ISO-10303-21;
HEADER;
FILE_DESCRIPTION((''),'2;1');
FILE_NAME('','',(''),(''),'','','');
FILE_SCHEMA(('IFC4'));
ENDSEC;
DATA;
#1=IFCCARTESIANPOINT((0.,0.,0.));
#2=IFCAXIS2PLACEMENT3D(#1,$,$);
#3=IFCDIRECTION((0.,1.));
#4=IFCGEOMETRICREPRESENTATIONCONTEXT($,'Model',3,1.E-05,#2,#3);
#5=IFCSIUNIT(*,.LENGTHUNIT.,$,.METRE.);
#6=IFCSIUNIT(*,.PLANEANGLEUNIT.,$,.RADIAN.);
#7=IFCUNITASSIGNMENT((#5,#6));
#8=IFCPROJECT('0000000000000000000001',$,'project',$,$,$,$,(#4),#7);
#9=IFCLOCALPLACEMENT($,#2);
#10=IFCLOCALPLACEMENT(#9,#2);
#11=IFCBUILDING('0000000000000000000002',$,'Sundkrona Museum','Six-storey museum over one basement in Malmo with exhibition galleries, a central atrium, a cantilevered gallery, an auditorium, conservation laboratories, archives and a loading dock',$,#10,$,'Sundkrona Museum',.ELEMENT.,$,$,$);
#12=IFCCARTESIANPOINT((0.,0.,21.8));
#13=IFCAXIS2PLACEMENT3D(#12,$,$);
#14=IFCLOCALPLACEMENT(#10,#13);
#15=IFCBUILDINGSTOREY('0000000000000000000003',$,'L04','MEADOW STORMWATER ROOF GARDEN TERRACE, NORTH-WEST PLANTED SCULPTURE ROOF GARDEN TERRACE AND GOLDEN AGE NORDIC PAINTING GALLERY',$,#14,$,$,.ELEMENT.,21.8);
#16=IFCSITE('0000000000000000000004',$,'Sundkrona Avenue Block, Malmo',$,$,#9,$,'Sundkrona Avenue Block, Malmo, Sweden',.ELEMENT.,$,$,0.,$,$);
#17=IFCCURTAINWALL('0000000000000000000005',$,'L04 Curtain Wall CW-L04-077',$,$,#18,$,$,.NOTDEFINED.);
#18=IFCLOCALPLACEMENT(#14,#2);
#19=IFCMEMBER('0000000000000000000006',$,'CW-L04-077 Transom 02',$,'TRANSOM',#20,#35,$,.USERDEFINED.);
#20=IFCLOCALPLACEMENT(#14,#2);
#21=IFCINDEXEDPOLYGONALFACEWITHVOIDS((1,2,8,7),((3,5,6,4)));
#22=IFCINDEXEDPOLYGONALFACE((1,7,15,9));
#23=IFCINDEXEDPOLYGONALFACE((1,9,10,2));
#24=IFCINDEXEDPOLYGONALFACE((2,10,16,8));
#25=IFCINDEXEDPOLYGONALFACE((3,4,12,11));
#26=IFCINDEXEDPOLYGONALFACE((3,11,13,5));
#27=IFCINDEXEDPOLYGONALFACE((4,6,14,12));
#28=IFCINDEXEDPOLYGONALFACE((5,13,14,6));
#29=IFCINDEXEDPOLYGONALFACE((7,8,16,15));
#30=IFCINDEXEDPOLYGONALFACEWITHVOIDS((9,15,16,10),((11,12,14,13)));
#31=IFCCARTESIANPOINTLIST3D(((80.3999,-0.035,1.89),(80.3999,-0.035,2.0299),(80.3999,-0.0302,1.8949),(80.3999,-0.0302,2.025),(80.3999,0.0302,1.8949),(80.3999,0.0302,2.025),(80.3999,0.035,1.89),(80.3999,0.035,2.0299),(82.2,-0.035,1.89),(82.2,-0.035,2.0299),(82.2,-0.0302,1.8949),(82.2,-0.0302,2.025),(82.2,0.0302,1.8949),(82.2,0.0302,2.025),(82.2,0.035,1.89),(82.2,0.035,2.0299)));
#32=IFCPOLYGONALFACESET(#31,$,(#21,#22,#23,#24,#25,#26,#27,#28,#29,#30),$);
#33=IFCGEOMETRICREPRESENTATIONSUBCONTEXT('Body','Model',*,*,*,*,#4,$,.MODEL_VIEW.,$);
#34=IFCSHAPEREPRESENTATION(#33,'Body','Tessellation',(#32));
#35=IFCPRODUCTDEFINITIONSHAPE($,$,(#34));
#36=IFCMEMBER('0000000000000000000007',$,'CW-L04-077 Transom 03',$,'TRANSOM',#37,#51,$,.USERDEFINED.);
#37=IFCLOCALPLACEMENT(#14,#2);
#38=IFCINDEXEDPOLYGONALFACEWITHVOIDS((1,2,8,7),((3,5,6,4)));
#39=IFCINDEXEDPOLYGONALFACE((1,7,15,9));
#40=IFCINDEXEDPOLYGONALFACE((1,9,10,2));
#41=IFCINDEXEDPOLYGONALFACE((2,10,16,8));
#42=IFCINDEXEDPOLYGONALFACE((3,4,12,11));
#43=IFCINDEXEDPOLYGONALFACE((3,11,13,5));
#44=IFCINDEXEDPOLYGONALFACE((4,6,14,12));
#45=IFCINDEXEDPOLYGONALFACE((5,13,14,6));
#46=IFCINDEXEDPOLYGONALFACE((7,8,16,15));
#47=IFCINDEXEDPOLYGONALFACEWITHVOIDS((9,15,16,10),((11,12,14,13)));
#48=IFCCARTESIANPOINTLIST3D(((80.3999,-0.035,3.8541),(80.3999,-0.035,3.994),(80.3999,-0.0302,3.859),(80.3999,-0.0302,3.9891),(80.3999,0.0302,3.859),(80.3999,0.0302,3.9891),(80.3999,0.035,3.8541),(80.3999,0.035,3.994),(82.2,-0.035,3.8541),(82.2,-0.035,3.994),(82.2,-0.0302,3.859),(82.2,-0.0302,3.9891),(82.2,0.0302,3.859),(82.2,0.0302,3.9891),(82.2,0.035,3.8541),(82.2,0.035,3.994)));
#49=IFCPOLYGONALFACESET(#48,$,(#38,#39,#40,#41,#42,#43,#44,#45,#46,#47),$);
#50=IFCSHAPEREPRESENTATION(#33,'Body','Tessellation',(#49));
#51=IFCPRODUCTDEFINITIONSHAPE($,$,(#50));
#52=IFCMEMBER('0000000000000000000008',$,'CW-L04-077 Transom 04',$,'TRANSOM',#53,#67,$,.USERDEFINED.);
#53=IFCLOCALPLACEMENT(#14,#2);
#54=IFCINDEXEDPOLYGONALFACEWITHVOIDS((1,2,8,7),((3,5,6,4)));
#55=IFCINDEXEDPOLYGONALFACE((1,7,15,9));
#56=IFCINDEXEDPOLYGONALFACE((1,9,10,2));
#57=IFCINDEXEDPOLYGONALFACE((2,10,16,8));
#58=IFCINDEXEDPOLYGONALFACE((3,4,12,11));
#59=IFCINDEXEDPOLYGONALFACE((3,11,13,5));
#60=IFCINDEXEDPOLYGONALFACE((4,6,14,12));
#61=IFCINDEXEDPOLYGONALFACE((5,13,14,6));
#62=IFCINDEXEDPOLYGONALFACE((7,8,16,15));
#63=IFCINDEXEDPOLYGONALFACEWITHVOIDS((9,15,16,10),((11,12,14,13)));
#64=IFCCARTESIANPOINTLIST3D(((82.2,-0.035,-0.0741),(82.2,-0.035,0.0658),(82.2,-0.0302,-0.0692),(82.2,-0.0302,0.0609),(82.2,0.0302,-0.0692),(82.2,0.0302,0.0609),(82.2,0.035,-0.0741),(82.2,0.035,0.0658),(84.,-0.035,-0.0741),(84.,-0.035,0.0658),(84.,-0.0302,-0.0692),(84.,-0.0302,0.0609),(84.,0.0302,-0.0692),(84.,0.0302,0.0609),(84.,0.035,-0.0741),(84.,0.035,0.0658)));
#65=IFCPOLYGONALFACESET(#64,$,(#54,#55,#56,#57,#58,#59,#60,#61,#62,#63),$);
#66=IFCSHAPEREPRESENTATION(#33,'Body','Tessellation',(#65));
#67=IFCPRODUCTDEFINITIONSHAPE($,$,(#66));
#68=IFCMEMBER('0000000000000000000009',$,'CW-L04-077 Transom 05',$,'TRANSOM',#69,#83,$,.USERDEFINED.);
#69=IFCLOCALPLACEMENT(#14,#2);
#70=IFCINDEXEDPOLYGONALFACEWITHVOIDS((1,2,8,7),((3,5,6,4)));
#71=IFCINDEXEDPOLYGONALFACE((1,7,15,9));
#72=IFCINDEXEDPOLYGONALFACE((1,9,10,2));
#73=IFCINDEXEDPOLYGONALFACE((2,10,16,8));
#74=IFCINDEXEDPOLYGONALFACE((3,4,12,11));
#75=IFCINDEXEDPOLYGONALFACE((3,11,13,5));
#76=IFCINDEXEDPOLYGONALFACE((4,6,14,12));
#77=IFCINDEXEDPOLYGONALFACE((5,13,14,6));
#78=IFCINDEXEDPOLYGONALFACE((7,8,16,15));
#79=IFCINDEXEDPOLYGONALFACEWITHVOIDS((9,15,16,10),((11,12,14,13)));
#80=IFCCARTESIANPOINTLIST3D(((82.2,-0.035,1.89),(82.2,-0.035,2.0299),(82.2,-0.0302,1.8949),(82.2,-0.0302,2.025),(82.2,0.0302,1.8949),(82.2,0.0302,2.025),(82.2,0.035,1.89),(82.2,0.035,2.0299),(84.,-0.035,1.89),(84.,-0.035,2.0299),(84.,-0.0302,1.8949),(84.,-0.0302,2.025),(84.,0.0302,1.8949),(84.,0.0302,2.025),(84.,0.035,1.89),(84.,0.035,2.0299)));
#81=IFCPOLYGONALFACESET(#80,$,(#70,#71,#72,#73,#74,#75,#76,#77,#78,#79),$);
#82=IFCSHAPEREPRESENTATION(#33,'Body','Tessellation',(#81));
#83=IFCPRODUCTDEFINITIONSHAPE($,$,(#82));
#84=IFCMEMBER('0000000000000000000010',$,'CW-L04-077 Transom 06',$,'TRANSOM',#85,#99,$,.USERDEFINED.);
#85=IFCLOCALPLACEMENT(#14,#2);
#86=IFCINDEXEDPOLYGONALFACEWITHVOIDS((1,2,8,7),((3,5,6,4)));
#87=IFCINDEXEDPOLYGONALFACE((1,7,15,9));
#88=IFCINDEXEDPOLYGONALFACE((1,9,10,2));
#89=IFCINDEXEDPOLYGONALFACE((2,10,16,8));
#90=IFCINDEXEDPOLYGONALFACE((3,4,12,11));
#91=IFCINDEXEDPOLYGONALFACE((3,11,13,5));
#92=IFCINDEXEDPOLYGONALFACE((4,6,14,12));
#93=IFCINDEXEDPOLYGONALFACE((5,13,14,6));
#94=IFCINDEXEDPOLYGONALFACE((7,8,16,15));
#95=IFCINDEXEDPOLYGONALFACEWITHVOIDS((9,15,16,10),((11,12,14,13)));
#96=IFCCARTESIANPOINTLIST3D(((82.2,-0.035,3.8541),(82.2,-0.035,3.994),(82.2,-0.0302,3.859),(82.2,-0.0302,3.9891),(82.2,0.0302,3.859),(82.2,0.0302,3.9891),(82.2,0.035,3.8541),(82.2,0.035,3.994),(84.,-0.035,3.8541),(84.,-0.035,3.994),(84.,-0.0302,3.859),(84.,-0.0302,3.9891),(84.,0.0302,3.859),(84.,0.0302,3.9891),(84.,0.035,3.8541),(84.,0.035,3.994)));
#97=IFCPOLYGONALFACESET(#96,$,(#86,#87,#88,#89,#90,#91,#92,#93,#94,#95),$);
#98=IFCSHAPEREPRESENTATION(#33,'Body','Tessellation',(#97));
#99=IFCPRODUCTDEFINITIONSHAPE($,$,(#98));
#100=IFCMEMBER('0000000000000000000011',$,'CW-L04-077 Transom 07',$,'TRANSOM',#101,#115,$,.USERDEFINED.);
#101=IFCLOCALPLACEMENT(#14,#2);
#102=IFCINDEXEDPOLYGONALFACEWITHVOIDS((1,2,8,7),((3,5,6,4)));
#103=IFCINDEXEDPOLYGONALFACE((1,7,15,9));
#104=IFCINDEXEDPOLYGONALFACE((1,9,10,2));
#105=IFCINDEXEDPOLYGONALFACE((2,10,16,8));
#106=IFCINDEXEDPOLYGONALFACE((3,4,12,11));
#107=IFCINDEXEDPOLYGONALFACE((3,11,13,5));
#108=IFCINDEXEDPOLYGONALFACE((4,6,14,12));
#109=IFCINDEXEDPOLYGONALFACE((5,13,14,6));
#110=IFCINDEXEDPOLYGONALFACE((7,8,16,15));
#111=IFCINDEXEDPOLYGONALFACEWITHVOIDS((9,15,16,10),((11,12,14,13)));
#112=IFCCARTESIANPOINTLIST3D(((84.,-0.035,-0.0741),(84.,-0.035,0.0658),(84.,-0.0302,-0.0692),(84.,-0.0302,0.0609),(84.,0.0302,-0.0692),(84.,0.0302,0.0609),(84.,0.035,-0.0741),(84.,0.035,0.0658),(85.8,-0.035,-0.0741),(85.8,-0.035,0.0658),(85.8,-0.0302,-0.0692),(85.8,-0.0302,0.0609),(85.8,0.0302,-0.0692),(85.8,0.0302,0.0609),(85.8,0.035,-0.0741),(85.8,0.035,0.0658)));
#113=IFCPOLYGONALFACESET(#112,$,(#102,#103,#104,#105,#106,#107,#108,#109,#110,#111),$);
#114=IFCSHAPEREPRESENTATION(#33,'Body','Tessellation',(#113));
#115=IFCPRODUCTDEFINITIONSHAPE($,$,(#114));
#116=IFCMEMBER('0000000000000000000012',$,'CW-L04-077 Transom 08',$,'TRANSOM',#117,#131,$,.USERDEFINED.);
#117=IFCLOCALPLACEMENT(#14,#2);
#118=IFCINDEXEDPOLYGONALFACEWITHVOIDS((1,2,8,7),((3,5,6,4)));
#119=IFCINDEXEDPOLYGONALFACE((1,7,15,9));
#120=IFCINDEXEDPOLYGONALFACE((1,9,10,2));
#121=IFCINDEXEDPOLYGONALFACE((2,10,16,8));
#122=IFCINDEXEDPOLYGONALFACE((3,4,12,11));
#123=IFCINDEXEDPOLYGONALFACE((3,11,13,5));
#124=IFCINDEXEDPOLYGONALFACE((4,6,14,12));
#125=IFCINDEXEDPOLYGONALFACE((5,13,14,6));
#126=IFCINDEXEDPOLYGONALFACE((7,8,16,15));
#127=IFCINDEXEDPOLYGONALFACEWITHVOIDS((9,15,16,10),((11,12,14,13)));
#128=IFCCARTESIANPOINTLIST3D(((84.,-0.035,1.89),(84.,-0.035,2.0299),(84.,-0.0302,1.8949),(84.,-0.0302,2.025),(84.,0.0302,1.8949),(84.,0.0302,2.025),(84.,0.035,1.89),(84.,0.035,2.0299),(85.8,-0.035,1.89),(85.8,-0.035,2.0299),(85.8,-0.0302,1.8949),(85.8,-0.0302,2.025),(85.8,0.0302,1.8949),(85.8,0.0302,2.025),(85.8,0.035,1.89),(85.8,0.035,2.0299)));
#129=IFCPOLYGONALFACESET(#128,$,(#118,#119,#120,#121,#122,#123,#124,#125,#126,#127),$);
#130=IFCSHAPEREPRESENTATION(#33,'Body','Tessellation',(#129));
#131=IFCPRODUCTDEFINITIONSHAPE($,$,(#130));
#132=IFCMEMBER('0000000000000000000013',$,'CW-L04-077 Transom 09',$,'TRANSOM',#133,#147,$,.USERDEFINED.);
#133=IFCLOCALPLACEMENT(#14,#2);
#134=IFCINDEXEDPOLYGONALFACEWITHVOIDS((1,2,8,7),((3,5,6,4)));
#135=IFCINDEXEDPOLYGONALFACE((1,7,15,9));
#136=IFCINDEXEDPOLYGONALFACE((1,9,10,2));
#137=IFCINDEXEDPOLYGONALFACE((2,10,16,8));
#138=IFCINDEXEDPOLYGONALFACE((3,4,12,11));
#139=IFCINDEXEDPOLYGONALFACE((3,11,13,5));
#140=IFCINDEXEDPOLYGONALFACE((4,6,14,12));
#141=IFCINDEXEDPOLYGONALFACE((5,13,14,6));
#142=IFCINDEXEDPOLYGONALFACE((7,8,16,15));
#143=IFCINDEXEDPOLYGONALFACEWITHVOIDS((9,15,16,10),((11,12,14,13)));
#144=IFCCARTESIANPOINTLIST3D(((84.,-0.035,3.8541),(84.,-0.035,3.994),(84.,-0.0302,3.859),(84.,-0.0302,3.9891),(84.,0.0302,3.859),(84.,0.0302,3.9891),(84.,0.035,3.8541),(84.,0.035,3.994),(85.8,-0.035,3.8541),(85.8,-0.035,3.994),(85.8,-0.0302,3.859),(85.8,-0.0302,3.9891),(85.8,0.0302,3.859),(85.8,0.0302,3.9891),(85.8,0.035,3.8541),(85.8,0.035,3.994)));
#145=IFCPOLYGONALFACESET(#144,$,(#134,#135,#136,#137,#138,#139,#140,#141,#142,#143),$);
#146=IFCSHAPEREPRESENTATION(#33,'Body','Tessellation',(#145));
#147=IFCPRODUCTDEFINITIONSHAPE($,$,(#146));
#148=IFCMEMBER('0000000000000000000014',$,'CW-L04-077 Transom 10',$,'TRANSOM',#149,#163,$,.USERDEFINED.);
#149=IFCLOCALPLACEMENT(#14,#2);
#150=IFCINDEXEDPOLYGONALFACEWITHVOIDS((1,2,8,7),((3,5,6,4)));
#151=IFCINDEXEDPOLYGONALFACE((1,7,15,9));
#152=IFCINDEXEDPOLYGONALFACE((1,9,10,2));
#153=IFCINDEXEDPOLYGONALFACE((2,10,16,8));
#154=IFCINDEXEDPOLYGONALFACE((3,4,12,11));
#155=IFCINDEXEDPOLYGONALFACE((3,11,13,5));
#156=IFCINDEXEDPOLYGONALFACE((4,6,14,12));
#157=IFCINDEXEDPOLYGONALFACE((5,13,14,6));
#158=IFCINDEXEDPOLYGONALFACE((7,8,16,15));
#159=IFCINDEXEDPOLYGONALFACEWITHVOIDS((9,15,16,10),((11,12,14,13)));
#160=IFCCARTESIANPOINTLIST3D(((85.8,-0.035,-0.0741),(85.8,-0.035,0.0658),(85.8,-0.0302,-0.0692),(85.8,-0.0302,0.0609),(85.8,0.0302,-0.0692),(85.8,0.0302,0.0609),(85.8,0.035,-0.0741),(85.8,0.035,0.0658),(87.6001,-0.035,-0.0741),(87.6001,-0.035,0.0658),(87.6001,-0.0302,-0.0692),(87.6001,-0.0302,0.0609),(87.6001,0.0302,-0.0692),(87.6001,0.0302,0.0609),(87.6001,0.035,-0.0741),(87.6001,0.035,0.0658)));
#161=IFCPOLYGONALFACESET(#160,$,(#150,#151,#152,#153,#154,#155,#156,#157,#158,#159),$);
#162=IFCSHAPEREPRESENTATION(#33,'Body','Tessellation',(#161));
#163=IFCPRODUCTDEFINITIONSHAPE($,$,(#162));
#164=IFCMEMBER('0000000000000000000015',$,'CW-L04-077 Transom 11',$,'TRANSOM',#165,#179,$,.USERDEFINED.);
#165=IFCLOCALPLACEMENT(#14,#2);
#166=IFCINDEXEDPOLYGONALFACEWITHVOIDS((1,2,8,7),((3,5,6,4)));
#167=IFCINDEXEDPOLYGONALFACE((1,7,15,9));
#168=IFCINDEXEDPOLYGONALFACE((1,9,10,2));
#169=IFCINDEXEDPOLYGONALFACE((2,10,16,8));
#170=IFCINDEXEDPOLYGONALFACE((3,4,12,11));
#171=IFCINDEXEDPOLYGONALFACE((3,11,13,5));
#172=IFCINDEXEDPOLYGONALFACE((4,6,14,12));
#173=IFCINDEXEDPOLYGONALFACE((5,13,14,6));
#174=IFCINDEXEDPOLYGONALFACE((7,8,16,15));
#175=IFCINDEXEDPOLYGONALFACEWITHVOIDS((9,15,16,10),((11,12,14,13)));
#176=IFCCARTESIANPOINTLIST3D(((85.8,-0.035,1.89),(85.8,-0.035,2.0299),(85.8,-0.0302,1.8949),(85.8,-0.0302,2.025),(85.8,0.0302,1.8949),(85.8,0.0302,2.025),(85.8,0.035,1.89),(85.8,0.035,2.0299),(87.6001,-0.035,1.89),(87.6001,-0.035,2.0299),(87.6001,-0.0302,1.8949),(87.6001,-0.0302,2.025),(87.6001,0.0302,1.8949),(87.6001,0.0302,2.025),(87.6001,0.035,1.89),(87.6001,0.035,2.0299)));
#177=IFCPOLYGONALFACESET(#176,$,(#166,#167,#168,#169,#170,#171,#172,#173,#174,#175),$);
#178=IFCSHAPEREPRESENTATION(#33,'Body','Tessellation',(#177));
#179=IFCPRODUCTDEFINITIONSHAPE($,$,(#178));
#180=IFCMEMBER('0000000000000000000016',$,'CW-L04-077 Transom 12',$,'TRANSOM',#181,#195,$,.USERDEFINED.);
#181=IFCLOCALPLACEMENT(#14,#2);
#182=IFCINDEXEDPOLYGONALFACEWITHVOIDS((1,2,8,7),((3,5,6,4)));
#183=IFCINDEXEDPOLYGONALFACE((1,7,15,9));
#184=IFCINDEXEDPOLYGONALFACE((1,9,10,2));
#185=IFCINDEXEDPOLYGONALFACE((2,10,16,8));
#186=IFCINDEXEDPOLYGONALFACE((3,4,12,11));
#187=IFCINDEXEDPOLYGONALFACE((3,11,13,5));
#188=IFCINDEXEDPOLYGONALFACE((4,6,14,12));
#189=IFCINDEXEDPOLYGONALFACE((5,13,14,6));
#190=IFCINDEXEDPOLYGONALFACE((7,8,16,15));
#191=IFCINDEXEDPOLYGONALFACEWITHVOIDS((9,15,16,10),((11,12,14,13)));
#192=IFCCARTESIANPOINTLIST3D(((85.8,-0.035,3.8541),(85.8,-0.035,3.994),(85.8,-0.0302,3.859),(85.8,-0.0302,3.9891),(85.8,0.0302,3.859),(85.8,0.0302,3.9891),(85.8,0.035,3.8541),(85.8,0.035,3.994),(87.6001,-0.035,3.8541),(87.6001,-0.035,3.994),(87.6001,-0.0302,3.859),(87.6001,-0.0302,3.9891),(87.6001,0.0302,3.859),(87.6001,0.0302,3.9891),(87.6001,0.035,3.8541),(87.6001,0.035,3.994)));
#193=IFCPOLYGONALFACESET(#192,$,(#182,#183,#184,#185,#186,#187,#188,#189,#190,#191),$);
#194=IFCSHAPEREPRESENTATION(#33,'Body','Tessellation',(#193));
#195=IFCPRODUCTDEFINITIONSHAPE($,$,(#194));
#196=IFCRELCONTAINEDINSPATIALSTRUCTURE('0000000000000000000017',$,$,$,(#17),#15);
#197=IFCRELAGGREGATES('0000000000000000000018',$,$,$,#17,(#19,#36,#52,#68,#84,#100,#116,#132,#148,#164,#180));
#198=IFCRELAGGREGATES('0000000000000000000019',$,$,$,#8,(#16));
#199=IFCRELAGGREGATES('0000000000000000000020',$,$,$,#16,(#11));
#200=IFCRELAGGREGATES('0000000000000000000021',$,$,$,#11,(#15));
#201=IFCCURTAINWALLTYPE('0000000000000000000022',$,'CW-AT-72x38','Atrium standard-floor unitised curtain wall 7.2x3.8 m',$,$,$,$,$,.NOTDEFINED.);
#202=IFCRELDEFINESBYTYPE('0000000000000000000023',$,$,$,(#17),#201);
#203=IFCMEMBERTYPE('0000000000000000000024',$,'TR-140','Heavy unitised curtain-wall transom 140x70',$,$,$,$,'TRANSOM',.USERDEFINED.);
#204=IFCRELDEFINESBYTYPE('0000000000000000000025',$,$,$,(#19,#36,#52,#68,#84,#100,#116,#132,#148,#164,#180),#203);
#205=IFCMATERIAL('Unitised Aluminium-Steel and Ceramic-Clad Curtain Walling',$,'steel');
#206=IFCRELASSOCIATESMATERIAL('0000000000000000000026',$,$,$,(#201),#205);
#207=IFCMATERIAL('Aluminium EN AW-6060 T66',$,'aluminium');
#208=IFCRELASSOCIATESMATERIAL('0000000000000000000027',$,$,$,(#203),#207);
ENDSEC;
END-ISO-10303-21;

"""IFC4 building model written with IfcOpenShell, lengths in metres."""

from ifc_helpers import new_model, si_unit, direction, frame, origin, origin_2d, place, context, subcontext, project, spatial, hollow_rectangle, extrude, material, material_profile, profile_set, type_object, element, aggregate, save


model = new_model("IFC4")

# Units and contexts
model_context = context("Model", 3, precision=1e-05, world=origin(), true_north=direction((0.0, 1.0)))
body_context = subcontext(model_context, "Body", "Model", "MODEL_VIEW")
ifc_project = project(units=[si_unit("LENGTHUNIT", "METRE"), si_unit("PLANEANGLEUNIT", "RADIAN")], contexts=[model_context])

# Site, building, storey
site_placement = place(None, origin())
site = spatial("IfcSite", under=ifc_project, at=site_placement, Name="Sundkrona Avenue Block, Malmo", LongName="Sundkrona Avenue Block, Malmo, Sweden", CompositionType="ELEMENT", RefElevation=0.0)
building_placement = place(site_placement, origin())
building = spatial("IfcBuilding", under=site, at=building_placement, Name="Sundkrona Museum", Description="Six-storey museum over one basement in Malmo with exhibition galleries, a central atrium, a cantilevered gallery, an auditorium, conservation laboratories, archives and a loading dock", LongName="Sundkrona Museum", CompositionType="ELEMENT")
storey_placement = place(building_placement, frame((0.0, 0.0, 21.8)))
storey = spatial("IfcBuildingStorey", under=building, at=storey_placement, Name="L04", Description="MEADOW STORMWATER ROOF GARDEN TERRACE, NORTH-WEST PLANTED SCULPTURE ROOF GARDEN TERRACE AND GOLDEN AGE NORDIC PAINTING GALLERY", CompositionType="ELEMENT", Elevation=21.8)

# Curtain wall
ifc_material_1 = material(Name="Unitised Aluminium-Steel and Ceramic-Clad Curtain Walling", Category="steel")
curtain_wall_type = type_object("IfcCurtainWallType", Name="CW-AT-72x38", Description="Atrium standard-floor unitised curtain wall 7.2x3.8 m", PredefinedType="NOTDEFINED", material=ifc_material_1)
curtain_wall_1_placement = place(storey_placement, origin())
curtain_wall_1 = element("IfcCurtainWall", 1, at=curtain_wall_1_placement, inside=storey, type_object=curtain_wall_type, Name="L04 Curtain Wall CW-L04-077", PredefinedType="NOTDEFINED")
ifc_material_2 = material(Name="Aluminium EN AW-6060 T66", Category="aluminium")

# Members
ifc_material_profile_1 = material_profile(ifc_material_2, hollow_rectangle(XDim=0.0701, YDim=0.1399, WallThickness=0.0049, at=origin_2d()), Name="RHS 140x70x5.0")
ifc_profile_set_1 = profile_set([ifc_material_profile_1], Name="Aluminium EN AW-6060 T66")
member_type_1 = type_object("IfcMemberType", Name="TR-140", Description="Heavy unitised curtain-wall transom 140x70", ElementType="TRANSOM", PredefinedType="USERDEFINED", material=ifc_profile_set_1)
member_1_placement = place(storey_placement, frame((80.3999, 0.0, 1.96), z_axis=(1.0, 0.0, 0.0), x_axis=(0.0, 1.0, 0.0)))
member_1 = element("IfcMember", 2, at=member_1_placement, type_object=member_type_1, Name="CW-L04-077 Transom 02", ObjectType="TRANSOM", PredefinedType="USERDEFINED", context=body_context, shape_type="SweptSolid", body=[
    extrude(hollow_rectangle(XDim=0.0701, YDim=0.1399, WallThickness=0.0049, at=origin_2d()), origin(), (0.0, 0.0, 1.0), 1.8),
])
member_2_placement = place(storey_placement, frame((80.3999, 0.0, 3.9241), z_axis=(1.0, 0.0, 0.0), x_axis=(0.0, 1.0, 0.0)))
member_2 = element("IfcMember", 3, at=member_2_placement, type_object=member_type_1, Name="CW-L04-077 Transom 03", ObjectType="TRANSOM", PredefinedType="USERDEFINED", context=body_context, shape_type="SweptSolid", body=[
    extrude(hollow_rectangle(XDim=0.0701, YDim=0.1399, WallThickness=0.0049, at=origin_2d()), origin(), (0.0, 0.0, 1.0), 1.8),
])
member_3_placement = place(storey_placement, frame((82.2, 0.0, -0.0042), z_axis=(1.0, 0.0, 0.0), x_axis=(0.0, 1.0, 0.0)))
member_3 = element("IfcMember", 4, at=member_3_placement, type_object=member_type_1, Name="CW-L04-077 Transom 04", ObjectType="TRANSOM", PredefinedType="USERDEFINED", context=body_context, shape_type="SweptSolid", body=[
    extrude(hollow_rectangle(XDim=0.0701, YDim=0.1399, WallThickness=0.0049, at=origin_2d()), origin(), (0.0, 0.0, 1.0), 1.8),
])
member_4_placement = place(storey_placement, frame((82.2, 0.0, 1.96), z_axis=(1.0, 0.0, 0.0), x_axis=(0.0, 1.0, 0.0)))
member_4 = element("IfcMember", 5, at=member_4_placement, type_object=member_type_1, Name="CW-L04-077 Transom 05", ObjectType="TRANSOM", PredefinedType="USERDEFINED", context=body_context, shape_type="SweptSolid", body=[
    extrude(hollow_rectangle(XDim=0.0701, YDim=0.1399, WallThickness=0.0049, at=origin_2d()), origin(), (0.0, 0.0, 1.0), 1.8),
])
member_5_placement = place(storey_placement, frame((82.2, 0.0, 3.9241), z_axis=(1.0, 0.0, 0.0), x_axis=(0.0, 1.0, 0.0)))
member_5 = element("IfcMember", 6, at=member_5_placement, type_object=member_type_1, Name="CW-L04-077 Transom 06", ObjectType="TRANSOM", PredefinedType="USERDEFINED", context=body_context, shape_type="SweptSolid", body=[
    extrude(hollow_rectangle(XDim=0.0701, YDim=0.1399, WallThickness=0.0049, at=origin_2d()), origin(), (0.0, 0.0, 1.0), 1.8),
])
member_6_placement = place(storey_placement, frame((84.0, 0.0, -0.0042), z_axis=(1.0, 0.0, 0.0), x_axis=(0.0, 1.0, 0.0)))
member_6 = element("IfcMember", 7, at=member_6_placement, type_object=member_type_1, Name="CW-L04-077 Transom 07", ObjectType="TRANSOM", PredefinedType="USERDEFINED", context=body_context, shape_type="SweptSolid", body=[
    extrude(hollow_rectangle(XDim=0.0701, YDim=0.1399, WallThickness=0.0049, at=origin_2d()), origin(), (0.0, 0.0, 1.0), 1.8),
])
member_7_placement = place(storey_placement, frame((84.0, 0.0, 1.96), z_axis=(1.0, 0.0, 0.0), x_axis=(0.0, 1.0, 0.0)))
member_7 = element("IfcMember", 8, at=member_7_placement, type_object=member_type_1, Name="CW-L04-077 Transom 08", ObjectType="TRANSOM", PredefinedType="USERDEFINED", context=body_context, shape_type="SweptSolid", body=[
    extrude(hollow_rectangle(XDim=0.0701, YDim=0.1399, WallThickness=0.0049, at=origin_2d()), origin(), (0.0, 0.0, 1.0), 1.8),
])
member_8_placement = place(storey_placement, frame((84.0, 0.0, 3.9241), z_axis=(1.0, 0.0, 0.0), x_axis=(0.0, 1.0, 0.0)))
member_8 = element("IfcMember", 9, at=member_8_placement, type_object=member_type_1, Name="CW-L04-077 Transom 09", ObjectType="TRANSOM", PredefinedType="USERDEFINED", context=body_context, shape_type="SweptSolid", body=[
    extrude(hollow_rectangle(XDim=0.0701, YDim=0.1399, WallThickness=0.0049, at=origin_2d()), origin(), (0.0, 0.0, 1.0), 1.8),
])
member_9_placement = place(storey_placement, frame((85.8, 0.0, -0.0042), z_axis=(1.0, 0.0, 0.0), x_axis=(0.0, 1.0, 0.0)))
member_9 = element("IfcMember", 10, at=member_9_placement, type_object=member_type_1, Name="CW-L04-077 Transom 10", ObjectType="TRANSOM", PredefinedType="USERDEFINED", context=body_context, shape_type="SweptSolid", body=[
    extrude(hollow_rectangle(XDim=0.0701, YDim=0.1399, WallThickness=0.0049, at=origin_2d()), origin(), (0.0, 0.0, 1.0), 1.8),
])
member_10_placement = place(storey_placement, frame((85.8, 0.0, 1.96), z_axis=(1.0, 0.0, 0.0), x_axis=(0.0, 1.0, 0.0)))
member_10 = element("IfcMember", 11, at=member_10_placement, type_object=member_type_1, Name="CW-L04-077 Transom 11", ObjectType="TRANSOM", PredefinedType="USERDEFINED", context=body_context, shape_type="SweptSolid", body=[
    extrude(hollow_rectangle(XDim=0.0701, YDim=0.1399, WallThickness=0.0049, at=origin_2d()), origin(), (0.0, 0.0, 1.0), 1.8),
])
member_11_placement = place(storey_placement, frame((85.8, 0.0, 3.9241), z_axis=(1.0, 0.0, 0.0), x_axis=(0.0, 1.0, 0.0)))
member_11 = element("IfcMember", 12, at=member_11_placement, type_object=member_type_1, Name="CW-L04-077 Transom 12", ObjectType="TRANSOM", PredefinedType="USERDEFINED", context=body_context, shape_type="SweptSolid", body=[
    extrude(hollow_rectangle(XDim=0.0701, YDim=0.1399, WallThickness=0.0049, at=origin_2d()), origin(), (0.0, 0.0, 1.0), 1.8),
])

aggregate(curtain_wall_1, [member_1, member_2, member_3, member_4, member_5, member_6, member_7, member_8, member_9, member_10, member_11])

save(model, "model.ifc")
